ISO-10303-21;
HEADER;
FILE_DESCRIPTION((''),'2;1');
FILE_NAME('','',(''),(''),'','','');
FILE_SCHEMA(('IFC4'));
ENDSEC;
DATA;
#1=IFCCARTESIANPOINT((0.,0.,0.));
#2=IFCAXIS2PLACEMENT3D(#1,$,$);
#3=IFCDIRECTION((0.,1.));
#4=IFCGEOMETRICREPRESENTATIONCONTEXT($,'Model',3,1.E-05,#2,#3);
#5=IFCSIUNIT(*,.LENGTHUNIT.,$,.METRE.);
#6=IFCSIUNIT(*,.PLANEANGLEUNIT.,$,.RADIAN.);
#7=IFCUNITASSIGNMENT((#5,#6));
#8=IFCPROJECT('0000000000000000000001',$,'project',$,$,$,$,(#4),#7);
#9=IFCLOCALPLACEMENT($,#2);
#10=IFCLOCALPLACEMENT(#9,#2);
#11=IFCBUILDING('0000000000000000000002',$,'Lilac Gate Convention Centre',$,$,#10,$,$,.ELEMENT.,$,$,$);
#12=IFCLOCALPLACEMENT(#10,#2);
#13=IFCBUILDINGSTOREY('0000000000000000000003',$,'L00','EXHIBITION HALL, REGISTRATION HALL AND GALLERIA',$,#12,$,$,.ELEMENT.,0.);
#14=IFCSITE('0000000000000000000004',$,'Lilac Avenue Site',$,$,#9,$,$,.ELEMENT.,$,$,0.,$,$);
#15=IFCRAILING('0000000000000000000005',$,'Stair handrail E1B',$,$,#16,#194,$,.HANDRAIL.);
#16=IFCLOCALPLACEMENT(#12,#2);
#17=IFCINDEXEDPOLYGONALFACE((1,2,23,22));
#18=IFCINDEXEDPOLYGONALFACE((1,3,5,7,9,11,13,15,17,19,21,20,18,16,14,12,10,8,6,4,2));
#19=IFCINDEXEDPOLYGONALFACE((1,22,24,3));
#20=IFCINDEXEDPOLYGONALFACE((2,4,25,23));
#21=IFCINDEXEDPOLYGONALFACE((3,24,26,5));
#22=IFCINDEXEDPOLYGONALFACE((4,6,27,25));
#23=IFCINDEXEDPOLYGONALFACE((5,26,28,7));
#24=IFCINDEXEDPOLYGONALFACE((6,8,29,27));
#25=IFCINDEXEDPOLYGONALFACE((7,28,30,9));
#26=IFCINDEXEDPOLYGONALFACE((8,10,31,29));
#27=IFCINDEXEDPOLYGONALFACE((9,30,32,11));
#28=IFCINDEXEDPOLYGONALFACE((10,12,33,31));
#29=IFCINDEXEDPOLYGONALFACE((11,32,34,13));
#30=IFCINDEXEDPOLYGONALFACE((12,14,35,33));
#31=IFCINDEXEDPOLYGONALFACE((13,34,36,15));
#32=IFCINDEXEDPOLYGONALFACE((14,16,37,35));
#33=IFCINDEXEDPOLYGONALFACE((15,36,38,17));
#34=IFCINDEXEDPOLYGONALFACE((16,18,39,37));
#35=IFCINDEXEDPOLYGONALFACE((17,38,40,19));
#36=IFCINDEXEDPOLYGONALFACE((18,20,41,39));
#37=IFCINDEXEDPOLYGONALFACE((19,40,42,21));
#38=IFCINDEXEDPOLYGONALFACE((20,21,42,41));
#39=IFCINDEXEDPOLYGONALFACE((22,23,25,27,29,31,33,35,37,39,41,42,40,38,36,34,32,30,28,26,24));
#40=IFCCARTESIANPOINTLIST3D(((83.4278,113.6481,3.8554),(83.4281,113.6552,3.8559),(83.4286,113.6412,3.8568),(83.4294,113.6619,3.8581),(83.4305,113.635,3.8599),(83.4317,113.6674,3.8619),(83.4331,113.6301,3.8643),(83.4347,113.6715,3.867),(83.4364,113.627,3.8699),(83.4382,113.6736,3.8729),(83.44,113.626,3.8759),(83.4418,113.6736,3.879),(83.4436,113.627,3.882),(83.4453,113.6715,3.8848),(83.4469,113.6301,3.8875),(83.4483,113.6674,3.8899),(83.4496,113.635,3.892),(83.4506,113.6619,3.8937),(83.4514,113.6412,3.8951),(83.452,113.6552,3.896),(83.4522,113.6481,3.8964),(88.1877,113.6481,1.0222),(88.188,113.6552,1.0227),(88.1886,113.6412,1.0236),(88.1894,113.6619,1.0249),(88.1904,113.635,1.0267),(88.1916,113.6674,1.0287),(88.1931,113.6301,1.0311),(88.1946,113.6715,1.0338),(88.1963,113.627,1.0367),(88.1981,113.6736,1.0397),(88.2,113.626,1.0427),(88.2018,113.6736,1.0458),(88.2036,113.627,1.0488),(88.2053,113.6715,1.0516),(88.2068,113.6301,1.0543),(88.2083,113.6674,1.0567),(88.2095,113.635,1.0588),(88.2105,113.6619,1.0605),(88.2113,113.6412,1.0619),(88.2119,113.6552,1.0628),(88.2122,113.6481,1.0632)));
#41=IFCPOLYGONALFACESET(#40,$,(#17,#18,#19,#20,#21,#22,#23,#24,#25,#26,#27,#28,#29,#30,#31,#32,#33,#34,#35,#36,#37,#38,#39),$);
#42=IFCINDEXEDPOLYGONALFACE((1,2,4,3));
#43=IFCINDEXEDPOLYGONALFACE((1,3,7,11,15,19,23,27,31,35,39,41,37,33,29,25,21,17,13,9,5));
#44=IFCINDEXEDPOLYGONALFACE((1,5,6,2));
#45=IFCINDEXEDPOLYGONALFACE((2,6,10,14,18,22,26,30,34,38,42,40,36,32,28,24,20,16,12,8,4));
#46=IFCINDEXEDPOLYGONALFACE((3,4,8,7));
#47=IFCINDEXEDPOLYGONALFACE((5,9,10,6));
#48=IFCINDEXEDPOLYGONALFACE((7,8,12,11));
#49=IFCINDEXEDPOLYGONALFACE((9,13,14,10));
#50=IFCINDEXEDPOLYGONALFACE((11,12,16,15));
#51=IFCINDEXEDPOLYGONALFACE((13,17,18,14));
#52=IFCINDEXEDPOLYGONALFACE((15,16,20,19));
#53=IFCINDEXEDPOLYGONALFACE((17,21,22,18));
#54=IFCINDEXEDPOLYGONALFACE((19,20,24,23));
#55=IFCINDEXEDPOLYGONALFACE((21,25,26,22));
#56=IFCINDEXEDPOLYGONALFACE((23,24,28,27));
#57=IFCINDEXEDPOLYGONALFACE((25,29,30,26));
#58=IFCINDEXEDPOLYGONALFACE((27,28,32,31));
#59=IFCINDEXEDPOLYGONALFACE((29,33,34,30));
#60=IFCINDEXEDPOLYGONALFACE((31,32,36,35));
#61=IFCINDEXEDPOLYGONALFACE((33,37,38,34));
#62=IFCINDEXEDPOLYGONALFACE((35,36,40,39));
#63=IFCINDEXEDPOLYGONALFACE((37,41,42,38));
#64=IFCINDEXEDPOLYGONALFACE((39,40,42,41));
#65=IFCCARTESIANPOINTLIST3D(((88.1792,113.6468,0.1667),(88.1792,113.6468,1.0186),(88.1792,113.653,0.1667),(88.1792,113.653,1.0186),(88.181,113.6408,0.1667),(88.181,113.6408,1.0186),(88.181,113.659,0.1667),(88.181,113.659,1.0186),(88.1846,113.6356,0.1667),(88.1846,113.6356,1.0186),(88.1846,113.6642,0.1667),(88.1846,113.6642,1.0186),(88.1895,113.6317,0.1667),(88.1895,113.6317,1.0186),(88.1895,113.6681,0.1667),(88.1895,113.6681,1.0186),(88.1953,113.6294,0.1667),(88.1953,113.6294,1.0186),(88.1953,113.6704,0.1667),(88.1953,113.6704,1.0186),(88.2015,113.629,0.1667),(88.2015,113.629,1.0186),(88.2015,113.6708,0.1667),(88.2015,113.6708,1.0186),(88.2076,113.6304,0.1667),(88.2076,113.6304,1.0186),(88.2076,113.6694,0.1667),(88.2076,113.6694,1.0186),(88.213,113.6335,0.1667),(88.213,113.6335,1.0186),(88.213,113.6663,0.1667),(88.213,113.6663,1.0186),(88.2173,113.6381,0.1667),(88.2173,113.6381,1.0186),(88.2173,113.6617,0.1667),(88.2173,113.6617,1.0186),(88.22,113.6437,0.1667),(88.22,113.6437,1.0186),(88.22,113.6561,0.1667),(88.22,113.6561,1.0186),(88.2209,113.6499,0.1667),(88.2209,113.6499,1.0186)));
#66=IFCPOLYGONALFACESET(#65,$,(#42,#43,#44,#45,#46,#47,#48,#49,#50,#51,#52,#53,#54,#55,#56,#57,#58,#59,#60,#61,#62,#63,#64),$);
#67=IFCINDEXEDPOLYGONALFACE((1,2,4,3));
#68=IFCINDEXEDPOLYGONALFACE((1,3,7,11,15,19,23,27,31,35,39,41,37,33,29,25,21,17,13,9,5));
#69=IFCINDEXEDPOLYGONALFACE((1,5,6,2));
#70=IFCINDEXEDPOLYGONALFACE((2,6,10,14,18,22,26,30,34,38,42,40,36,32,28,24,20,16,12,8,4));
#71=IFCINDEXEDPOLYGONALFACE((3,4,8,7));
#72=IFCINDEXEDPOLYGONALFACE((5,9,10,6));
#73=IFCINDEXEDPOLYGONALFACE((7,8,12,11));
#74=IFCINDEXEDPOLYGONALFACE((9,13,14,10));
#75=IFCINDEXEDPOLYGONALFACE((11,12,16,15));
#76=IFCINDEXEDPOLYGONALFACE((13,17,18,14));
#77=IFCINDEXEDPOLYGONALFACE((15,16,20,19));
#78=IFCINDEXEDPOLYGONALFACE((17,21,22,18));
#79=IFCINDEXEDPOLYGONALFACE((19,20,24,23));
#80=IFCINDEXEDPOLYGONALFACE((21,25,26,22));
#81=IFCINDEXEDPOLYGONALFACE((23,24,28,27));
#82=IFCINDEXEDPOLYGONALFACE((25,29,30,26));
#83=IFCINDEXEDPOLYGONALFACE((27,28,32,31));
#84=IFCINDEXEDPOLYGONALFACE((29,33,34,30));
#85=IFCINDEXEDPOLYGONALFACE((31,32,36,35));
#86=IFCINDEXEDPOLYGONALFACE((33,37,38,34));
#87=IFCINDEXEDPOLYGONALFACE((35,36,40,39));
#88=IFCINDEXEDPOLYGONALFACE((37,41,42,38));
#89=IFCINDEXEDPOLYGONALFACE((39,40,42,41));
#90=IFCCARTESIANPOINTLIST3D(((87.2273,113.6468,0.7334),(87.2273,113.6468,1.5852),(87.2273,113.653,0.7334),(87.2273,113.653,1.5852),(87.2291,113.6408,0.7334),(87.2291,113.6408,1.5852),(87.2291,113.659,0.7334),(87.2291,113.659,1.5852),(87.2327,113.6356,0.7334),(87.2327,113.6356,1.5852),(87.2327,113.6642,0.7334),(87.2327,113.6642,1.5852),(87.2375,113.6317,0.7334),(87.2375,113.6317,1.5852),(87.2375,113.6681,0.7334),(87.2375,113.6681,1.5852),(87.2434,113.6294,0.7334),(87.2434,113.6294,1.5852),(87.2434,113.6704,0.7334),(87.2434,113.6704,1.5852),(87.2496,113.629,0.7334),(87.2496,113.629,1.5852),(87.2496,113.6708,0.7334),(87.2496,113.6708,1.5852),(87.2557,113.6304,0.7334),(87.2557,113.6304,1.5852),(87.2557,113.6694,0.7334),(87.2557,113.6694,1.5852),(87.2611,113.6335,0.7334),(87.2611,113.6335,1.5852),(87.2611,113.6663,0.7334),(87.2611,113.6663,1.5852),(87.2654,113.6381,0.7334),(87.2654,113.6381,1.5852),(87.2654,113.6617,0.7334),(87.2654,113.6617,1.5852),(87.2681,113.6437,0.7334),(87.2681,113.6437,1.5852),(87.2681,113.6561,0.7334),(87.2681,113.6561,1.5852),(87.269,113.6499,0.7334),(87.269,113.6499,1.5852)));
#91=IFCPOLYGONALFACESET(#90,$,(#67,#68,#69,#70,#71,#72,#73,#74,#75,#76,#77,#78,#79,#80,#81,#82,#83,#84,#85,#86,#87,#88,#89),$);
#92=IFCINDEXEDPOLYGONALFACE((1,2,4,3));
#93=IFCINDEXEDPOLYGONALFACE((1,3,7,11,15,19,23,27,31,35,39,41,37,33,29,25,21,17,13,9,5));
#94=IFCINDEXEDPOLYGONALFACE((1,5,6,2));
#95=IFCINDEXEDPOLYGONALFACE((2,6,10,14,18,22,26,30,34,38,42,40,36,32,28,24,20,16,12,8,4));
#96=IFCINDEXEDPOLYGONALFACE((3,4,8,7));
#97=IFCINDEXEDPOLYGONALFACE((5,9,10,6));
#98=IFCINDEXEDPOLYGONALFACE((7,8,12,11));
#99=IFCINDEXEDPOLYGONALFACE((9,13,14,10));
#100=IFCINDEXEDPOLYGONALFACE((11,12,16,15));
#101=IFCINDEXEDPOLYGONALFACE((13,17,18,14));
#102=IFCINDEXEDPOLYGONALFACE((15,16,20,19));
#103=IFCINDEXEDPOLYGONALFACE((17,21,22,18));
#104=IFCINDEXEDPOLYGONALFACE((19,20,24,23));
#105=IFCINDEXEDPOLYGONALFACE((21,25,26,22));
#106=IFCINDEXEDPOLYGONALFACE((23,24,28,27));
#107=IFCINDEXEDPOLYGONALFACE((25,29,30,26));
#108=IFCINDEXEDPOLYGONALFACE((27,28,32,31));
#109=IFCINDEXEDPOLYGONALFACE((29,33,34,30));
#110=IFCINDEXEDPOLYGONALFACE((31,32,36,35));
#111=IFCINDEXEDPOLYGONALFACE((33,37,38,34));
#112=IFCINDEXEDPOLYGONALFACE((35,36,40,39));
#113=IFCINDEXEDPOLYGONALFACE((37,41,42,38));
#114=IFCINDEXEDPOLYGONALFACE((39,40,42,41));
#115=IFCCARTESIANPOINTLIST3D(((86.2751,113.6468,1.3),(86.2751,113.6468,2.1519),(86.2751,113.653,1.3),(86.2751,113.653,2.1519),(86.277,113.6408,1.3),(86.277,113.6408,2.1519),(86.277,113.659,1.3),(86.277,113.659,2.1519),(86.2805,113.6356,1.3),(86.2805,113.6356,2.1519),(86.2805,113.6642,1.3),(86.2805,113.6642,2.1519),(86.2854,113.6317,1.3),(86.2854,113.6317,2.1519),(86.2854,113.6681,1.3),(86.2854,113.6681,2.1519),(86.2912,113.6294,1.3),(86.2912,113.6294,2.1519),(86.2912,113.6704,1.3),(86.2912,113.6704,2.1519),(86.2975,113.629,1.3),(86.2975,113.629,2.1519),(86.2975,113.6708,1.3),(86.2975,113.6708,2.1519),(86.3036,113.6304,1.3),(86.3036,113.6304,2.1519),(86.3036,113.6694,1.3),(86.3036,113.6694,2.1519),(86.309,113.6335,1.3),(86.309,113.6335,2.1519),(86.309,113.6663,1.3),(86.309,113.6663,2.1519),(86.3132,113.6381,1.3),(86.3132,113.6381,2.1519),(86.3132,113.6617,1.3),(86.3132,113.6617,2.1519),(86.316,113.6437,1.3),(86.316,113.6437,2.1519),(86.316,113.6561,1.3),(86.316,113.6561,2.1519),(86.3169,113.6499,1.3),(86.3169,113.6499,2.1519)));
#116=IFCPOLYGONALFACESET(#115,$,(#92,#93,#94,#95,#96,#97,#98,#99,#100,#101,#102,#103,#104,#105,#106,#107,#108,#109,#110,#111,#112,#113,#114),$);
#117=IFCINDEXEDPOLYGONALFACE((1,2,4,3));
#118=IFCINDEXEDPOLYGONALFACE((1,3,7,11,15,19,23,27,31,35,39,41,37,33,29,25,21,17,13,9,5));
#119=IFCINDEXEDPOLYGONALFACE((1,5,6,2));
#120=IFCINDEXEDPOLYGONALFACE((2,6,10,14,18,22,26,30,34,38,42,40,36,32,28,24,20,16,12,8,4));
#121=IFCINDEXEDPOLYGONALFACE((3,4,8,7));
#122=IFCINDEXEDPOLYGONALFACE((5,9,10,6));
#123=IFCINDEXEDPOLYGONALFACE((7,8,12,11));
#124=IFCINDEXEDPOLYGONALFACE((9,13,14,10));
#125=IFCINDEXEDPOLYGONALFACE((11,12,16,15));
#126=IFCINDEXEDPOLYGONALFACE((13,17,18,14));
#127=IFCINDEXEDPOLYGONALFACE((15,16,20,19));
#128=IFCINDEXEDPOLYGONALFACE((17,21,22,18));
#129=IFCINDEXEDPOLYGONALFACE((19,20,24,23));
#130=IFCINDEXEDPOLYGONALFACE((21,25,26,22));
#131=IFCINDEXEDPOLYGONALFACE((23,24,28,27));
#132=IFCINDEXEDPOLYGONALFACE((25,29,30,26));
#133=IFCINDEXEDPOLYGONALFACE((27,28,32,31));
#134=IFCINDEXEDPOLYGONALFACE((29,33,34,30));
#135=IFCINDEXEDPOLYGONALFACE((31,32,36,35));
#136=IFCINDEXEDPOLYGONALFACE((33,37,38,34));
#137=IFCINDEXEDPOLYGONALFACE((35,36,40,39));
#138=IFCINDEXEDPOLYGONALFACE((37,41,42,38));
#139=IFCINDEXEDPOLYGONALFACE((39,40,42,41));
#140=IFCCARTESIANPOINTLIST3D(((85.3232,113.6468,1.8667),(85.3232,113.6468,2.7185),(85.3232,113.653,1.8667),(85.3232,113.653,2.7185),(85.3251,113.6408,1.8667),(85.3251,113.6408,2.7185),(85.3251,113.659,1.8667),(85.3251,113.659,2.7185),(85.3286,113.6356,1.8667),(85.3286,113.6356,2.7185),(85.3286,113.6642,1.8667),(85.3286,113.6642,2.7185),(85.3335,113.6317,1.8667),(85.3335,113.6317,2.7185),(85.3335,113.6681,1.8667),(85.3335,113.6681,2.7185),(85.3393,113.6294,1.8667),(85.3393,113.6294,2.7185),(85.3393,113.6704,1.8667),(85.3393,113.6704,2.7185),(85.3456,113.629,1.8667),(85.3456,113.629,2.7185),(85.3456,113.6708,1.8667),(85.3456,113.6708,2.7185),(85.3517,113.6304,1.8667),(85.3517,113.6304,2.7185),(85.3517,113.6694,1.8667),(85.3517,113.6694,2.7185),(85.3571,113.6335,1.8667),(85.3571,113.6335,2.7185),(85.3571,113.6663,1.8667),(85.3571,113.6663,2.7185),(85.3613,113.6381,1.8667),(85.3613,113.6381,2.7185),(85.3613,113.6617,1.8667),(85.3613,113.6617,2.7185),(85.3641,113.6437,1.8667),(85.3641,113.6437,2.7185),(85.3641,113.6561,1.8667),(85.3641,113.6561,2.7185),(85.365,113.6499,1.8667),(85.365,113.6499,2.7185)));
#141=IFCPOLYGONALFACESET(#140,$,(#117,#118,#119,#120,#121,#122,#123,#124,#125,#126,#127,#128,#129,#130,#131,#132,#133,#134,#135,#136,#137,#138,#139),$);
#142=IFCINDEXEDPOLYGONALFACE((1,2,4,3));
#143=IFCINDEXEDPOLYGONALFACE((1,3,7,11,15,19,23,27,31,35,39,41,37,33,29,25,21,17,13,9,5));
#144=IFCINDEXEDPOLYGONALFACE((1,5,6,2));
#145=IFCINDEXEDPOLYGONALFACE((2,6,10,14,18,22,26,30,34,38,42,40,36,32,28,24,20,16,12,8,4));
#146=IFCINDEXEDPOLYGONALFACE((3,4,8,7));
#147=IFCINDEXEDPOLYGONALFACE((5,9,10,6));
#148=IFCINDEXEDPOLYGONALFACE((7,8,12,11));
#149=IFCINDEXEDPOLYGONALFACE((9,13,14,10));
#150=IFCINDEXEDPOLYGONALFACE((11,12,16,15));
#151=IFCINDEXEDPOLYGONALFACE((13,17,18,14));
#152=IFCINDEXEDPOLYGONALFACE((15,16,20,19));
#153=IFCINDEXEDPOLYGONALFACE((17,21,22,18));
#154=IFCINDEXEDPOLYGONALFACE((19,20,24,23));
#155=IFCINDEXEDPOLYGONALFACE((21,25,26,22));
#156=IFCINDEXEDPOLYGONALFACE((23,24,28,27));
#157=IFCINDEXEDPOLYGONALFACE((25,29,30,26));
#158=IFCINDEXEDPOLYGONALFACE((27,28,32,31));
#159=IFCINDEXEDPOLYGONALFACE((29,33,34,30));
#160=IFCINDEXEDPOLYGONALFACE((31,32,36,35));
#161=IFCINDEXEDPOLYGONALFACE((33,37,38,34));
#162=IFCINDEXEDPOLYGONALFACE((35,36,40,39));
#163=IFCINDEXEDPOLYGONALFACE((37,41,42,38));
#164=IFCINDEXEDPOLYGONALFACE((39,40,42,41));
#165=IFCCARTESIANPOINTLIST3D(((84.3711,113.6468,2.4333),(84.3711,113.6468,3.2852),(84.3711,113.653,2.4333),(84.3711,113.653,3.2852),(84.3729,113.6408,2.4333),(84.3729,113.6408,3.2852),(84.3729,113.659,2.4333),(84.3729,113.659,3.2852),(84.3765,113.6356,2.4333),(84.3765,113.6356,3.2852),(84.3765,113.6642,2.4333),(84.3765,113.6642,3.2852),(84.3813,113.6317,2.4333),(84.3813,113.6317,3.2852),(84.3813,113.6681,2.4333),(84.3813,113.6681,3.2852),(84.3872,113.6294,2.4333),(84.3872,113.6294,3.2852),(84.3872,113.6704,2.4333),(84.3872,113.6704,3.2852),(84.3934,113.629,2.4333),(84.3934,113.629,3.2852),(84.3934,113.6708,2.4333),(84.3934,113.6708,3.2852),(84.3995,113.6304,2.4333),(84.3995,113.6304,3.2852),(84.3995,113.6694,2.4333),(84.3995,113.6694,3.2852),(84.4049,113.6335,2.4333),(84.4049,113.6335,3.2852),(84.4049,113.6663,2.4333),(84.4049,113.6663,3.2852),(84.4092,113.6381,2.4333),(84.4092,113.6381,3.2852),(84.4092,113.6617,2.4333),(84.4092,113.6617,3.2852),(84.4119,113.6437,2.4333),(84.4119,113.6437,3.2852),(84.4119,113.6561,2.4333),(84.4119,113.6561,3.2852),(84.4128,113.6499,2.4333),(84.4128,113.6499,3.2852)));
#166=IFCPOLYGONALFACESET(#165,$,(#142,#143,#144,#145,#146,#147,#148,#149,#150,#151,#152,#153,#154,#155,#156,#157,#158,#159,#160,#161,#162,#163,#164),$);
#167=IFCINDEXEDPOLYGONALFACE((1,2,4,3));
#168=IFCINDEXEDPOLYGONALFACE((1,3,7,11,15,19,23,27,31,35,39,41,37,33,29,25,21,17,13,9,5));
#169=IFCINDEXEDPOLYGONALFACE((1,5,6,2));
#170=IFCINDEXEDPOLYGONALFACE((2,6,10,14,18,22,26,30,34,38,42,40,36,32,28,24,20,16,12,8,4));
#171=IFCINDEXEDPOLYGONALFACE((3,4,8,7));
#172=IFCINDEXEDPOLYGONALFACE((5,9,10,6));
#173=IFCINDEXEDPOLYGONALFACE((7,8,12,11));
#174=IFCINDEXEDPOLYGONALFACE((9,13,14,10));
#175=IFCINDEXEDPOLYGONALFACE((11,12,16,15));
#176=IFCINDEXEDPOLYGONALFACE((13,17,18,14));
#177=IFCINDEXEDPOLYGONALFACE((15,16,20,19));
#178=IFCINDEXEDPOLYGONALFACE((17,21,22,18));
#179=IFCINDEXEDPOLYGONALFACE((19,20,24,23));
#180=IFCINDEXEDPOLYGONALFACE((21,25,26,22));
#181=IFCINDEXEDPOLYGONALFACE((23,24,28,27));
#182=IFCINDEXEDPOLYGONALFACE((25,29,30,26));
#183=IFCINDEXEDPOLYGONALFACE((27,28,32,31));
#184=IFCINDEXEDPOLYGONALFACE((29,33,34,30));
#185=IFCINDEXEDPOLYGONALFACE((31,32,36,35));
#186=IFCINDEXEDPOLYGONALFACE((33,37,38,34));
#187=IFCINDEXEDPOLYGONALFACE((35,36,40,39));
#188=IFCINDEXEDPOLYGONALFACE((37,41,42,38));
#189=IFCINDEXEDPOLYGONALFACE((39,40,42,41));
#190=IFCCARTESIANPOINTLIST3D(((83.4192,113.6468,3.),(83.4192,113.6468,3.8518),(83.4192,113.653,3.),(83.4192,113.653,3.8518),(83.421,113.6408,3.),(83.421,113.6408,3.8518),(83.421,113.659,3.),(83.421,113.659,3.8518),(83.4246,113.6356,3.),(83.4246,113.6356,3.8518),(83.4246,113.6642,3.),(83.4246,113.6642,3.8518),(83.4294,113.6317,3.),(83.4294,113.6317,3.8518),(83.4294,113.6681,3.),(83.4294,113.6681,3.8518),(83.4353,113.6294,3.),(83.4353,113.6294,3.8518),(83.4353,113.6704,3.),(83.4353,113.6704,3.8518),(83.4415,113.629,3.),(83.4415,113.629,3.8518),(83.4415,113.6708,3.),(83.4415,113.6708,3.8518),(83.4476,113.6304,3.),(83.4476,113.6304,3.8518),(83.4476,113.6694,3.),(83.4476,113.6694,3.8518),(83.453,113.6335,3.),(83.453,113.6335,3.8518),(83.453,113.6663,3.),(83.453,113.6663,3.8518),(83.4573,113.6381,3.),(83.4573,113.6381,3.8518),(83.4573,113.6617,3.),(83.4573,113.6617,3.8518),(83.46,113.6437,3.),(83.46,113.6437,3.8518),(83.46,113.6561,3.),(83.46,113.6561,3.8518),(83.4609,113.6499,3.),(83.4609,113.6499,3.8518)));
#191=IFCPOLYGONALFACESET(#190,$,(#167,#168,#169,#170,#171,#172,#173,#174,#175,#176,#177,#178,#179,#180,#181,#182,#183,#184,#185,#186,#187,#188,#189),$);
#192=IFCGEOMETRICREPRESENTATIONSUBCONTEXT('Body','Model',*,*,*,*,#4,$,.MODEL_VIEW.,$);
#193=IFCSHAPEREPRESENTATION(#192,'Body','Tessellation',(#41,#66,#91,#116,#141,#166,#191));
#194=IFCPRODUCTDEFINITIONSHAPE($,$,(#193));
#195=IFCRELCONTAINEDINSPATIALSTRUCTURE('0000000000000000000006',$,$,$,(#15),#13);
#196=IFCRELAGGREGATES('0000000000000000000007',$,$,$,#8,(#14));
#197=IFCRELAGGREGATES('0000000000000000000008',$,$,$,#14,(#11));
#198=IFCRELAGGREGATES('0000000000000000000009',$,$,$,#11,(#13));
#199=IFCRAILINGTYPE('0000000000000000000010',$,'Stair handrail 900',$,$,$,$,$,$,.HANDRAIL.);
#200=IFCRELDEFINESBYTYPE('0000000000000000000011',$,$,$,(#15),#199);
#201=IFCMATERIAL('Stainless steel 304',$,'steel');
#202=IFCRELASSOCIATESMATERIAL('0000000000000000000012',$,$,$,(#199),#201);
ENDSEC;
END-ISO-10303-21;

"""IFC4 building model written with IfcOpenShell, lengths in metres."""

from ifc_helpers import new_model, si_unit, direction, frame, origin, origin_2d, place, context, subcontext, project, spatial, circle, extrude, material, type_object, element, save


model = new_model("IFC4")

# Units and contexts
model_context = context("Model", 3, precision=1e-05, world=origin(), true_north=direction((0.0, 1.0)))
body_context = subcontext(model_context, "Body", "Model", "MODEL_VIEW")
ifc_project = project(units=[si_unit("LENGTHUNIT", "METRE"), si_unit("PLANEANGLEUNIT", "RADIAN")], contexts=[model_context])

# Site, building, storey
site_placement = place(None, origin())
site = spatial("IfcSite", under=ifc_project, at=site_placement, Name="Lilac Avenue Site", CompositionType="ELEMENT", RefElevation=0.0)
building_placement = place(site_placement, origin())
building = spatial("IfcBuilding", under=site, at=building_placement, Name="Lilac Gate Convention Centre", CompositionType="ELEMENT")
storey_placement = place(building_placement, origin())
storey = spatial("IfcBuildingStorey", under=building, at=storey_placement, Name="L00", Description="EXHIBITION HALL, REGISTRATION HALL AND GALLERIA", CompositionType="ELEMENT", Elevation=0.0)

# Railing
ifc_material_1 = material(Name="Stainless steel 304", Category="steel")
railing_type_1 = type_object("IfcRailingType", Name="Stair handrail 900", PredefinedType="HANDRAIL", material=ifc_material_1)
for number, where, name in (
    (1, (88.2, 113.6499, 0.1667), "Stair handrail E1B"),
):
    element("IfcRailing", number, at=place(storey_placement, frame(where)), inside=storey, type_object=railing_type_1, Name=name, PredefinedType="HANDRAIL", context=body_context, shape_type="SweptSolid", body=[
        extrude(circle(Radius=0.0239, at=origin_2d()), frame((0.0, 0.0, 0.876), z_axis=(-0.8593, 0.0, 0.511472), x_axis=(0.0, -1.0, 0.0)), (0.0, 0.0, 1.0), 5.5393),
        extrude(circle(Radius=0.021, at=origin_2d()), origin(), (0.0, 0.0, 1.0), 0.8518),
        extrude(circle(Radius=0.021, at=origin_2d()), frame((-0.9519, 0.0, 0.5667)), (0.0, 0.0, 1.0), 0.8518),
        extrude(circle(Radius=0.021, at=origin_2d()), frame((-1.9041, 0.0, 1.1333)), (0.0, 0.0, 1.0), 0.8518),
        extrude(circle(Radius=0.021, at=origin_2d()), frame((-2.856, 0.0, 1.7)), (0.0, 0.0, 1.0), 0.8518),
        extrude(circle(Radius=0.021, at=origin_2d()), frame((-3.8081, 0.0, 2.2666)), (0.0, 0.0, 1.0), 0.8518),
        extrude(circle(Radius=0.021, at=origin_2d()), frame((-4.76, 0.0, 2.8333)), (0.0, 0.0, 1.0), 0.8518),
    ])

save(model, "model.ifc")
